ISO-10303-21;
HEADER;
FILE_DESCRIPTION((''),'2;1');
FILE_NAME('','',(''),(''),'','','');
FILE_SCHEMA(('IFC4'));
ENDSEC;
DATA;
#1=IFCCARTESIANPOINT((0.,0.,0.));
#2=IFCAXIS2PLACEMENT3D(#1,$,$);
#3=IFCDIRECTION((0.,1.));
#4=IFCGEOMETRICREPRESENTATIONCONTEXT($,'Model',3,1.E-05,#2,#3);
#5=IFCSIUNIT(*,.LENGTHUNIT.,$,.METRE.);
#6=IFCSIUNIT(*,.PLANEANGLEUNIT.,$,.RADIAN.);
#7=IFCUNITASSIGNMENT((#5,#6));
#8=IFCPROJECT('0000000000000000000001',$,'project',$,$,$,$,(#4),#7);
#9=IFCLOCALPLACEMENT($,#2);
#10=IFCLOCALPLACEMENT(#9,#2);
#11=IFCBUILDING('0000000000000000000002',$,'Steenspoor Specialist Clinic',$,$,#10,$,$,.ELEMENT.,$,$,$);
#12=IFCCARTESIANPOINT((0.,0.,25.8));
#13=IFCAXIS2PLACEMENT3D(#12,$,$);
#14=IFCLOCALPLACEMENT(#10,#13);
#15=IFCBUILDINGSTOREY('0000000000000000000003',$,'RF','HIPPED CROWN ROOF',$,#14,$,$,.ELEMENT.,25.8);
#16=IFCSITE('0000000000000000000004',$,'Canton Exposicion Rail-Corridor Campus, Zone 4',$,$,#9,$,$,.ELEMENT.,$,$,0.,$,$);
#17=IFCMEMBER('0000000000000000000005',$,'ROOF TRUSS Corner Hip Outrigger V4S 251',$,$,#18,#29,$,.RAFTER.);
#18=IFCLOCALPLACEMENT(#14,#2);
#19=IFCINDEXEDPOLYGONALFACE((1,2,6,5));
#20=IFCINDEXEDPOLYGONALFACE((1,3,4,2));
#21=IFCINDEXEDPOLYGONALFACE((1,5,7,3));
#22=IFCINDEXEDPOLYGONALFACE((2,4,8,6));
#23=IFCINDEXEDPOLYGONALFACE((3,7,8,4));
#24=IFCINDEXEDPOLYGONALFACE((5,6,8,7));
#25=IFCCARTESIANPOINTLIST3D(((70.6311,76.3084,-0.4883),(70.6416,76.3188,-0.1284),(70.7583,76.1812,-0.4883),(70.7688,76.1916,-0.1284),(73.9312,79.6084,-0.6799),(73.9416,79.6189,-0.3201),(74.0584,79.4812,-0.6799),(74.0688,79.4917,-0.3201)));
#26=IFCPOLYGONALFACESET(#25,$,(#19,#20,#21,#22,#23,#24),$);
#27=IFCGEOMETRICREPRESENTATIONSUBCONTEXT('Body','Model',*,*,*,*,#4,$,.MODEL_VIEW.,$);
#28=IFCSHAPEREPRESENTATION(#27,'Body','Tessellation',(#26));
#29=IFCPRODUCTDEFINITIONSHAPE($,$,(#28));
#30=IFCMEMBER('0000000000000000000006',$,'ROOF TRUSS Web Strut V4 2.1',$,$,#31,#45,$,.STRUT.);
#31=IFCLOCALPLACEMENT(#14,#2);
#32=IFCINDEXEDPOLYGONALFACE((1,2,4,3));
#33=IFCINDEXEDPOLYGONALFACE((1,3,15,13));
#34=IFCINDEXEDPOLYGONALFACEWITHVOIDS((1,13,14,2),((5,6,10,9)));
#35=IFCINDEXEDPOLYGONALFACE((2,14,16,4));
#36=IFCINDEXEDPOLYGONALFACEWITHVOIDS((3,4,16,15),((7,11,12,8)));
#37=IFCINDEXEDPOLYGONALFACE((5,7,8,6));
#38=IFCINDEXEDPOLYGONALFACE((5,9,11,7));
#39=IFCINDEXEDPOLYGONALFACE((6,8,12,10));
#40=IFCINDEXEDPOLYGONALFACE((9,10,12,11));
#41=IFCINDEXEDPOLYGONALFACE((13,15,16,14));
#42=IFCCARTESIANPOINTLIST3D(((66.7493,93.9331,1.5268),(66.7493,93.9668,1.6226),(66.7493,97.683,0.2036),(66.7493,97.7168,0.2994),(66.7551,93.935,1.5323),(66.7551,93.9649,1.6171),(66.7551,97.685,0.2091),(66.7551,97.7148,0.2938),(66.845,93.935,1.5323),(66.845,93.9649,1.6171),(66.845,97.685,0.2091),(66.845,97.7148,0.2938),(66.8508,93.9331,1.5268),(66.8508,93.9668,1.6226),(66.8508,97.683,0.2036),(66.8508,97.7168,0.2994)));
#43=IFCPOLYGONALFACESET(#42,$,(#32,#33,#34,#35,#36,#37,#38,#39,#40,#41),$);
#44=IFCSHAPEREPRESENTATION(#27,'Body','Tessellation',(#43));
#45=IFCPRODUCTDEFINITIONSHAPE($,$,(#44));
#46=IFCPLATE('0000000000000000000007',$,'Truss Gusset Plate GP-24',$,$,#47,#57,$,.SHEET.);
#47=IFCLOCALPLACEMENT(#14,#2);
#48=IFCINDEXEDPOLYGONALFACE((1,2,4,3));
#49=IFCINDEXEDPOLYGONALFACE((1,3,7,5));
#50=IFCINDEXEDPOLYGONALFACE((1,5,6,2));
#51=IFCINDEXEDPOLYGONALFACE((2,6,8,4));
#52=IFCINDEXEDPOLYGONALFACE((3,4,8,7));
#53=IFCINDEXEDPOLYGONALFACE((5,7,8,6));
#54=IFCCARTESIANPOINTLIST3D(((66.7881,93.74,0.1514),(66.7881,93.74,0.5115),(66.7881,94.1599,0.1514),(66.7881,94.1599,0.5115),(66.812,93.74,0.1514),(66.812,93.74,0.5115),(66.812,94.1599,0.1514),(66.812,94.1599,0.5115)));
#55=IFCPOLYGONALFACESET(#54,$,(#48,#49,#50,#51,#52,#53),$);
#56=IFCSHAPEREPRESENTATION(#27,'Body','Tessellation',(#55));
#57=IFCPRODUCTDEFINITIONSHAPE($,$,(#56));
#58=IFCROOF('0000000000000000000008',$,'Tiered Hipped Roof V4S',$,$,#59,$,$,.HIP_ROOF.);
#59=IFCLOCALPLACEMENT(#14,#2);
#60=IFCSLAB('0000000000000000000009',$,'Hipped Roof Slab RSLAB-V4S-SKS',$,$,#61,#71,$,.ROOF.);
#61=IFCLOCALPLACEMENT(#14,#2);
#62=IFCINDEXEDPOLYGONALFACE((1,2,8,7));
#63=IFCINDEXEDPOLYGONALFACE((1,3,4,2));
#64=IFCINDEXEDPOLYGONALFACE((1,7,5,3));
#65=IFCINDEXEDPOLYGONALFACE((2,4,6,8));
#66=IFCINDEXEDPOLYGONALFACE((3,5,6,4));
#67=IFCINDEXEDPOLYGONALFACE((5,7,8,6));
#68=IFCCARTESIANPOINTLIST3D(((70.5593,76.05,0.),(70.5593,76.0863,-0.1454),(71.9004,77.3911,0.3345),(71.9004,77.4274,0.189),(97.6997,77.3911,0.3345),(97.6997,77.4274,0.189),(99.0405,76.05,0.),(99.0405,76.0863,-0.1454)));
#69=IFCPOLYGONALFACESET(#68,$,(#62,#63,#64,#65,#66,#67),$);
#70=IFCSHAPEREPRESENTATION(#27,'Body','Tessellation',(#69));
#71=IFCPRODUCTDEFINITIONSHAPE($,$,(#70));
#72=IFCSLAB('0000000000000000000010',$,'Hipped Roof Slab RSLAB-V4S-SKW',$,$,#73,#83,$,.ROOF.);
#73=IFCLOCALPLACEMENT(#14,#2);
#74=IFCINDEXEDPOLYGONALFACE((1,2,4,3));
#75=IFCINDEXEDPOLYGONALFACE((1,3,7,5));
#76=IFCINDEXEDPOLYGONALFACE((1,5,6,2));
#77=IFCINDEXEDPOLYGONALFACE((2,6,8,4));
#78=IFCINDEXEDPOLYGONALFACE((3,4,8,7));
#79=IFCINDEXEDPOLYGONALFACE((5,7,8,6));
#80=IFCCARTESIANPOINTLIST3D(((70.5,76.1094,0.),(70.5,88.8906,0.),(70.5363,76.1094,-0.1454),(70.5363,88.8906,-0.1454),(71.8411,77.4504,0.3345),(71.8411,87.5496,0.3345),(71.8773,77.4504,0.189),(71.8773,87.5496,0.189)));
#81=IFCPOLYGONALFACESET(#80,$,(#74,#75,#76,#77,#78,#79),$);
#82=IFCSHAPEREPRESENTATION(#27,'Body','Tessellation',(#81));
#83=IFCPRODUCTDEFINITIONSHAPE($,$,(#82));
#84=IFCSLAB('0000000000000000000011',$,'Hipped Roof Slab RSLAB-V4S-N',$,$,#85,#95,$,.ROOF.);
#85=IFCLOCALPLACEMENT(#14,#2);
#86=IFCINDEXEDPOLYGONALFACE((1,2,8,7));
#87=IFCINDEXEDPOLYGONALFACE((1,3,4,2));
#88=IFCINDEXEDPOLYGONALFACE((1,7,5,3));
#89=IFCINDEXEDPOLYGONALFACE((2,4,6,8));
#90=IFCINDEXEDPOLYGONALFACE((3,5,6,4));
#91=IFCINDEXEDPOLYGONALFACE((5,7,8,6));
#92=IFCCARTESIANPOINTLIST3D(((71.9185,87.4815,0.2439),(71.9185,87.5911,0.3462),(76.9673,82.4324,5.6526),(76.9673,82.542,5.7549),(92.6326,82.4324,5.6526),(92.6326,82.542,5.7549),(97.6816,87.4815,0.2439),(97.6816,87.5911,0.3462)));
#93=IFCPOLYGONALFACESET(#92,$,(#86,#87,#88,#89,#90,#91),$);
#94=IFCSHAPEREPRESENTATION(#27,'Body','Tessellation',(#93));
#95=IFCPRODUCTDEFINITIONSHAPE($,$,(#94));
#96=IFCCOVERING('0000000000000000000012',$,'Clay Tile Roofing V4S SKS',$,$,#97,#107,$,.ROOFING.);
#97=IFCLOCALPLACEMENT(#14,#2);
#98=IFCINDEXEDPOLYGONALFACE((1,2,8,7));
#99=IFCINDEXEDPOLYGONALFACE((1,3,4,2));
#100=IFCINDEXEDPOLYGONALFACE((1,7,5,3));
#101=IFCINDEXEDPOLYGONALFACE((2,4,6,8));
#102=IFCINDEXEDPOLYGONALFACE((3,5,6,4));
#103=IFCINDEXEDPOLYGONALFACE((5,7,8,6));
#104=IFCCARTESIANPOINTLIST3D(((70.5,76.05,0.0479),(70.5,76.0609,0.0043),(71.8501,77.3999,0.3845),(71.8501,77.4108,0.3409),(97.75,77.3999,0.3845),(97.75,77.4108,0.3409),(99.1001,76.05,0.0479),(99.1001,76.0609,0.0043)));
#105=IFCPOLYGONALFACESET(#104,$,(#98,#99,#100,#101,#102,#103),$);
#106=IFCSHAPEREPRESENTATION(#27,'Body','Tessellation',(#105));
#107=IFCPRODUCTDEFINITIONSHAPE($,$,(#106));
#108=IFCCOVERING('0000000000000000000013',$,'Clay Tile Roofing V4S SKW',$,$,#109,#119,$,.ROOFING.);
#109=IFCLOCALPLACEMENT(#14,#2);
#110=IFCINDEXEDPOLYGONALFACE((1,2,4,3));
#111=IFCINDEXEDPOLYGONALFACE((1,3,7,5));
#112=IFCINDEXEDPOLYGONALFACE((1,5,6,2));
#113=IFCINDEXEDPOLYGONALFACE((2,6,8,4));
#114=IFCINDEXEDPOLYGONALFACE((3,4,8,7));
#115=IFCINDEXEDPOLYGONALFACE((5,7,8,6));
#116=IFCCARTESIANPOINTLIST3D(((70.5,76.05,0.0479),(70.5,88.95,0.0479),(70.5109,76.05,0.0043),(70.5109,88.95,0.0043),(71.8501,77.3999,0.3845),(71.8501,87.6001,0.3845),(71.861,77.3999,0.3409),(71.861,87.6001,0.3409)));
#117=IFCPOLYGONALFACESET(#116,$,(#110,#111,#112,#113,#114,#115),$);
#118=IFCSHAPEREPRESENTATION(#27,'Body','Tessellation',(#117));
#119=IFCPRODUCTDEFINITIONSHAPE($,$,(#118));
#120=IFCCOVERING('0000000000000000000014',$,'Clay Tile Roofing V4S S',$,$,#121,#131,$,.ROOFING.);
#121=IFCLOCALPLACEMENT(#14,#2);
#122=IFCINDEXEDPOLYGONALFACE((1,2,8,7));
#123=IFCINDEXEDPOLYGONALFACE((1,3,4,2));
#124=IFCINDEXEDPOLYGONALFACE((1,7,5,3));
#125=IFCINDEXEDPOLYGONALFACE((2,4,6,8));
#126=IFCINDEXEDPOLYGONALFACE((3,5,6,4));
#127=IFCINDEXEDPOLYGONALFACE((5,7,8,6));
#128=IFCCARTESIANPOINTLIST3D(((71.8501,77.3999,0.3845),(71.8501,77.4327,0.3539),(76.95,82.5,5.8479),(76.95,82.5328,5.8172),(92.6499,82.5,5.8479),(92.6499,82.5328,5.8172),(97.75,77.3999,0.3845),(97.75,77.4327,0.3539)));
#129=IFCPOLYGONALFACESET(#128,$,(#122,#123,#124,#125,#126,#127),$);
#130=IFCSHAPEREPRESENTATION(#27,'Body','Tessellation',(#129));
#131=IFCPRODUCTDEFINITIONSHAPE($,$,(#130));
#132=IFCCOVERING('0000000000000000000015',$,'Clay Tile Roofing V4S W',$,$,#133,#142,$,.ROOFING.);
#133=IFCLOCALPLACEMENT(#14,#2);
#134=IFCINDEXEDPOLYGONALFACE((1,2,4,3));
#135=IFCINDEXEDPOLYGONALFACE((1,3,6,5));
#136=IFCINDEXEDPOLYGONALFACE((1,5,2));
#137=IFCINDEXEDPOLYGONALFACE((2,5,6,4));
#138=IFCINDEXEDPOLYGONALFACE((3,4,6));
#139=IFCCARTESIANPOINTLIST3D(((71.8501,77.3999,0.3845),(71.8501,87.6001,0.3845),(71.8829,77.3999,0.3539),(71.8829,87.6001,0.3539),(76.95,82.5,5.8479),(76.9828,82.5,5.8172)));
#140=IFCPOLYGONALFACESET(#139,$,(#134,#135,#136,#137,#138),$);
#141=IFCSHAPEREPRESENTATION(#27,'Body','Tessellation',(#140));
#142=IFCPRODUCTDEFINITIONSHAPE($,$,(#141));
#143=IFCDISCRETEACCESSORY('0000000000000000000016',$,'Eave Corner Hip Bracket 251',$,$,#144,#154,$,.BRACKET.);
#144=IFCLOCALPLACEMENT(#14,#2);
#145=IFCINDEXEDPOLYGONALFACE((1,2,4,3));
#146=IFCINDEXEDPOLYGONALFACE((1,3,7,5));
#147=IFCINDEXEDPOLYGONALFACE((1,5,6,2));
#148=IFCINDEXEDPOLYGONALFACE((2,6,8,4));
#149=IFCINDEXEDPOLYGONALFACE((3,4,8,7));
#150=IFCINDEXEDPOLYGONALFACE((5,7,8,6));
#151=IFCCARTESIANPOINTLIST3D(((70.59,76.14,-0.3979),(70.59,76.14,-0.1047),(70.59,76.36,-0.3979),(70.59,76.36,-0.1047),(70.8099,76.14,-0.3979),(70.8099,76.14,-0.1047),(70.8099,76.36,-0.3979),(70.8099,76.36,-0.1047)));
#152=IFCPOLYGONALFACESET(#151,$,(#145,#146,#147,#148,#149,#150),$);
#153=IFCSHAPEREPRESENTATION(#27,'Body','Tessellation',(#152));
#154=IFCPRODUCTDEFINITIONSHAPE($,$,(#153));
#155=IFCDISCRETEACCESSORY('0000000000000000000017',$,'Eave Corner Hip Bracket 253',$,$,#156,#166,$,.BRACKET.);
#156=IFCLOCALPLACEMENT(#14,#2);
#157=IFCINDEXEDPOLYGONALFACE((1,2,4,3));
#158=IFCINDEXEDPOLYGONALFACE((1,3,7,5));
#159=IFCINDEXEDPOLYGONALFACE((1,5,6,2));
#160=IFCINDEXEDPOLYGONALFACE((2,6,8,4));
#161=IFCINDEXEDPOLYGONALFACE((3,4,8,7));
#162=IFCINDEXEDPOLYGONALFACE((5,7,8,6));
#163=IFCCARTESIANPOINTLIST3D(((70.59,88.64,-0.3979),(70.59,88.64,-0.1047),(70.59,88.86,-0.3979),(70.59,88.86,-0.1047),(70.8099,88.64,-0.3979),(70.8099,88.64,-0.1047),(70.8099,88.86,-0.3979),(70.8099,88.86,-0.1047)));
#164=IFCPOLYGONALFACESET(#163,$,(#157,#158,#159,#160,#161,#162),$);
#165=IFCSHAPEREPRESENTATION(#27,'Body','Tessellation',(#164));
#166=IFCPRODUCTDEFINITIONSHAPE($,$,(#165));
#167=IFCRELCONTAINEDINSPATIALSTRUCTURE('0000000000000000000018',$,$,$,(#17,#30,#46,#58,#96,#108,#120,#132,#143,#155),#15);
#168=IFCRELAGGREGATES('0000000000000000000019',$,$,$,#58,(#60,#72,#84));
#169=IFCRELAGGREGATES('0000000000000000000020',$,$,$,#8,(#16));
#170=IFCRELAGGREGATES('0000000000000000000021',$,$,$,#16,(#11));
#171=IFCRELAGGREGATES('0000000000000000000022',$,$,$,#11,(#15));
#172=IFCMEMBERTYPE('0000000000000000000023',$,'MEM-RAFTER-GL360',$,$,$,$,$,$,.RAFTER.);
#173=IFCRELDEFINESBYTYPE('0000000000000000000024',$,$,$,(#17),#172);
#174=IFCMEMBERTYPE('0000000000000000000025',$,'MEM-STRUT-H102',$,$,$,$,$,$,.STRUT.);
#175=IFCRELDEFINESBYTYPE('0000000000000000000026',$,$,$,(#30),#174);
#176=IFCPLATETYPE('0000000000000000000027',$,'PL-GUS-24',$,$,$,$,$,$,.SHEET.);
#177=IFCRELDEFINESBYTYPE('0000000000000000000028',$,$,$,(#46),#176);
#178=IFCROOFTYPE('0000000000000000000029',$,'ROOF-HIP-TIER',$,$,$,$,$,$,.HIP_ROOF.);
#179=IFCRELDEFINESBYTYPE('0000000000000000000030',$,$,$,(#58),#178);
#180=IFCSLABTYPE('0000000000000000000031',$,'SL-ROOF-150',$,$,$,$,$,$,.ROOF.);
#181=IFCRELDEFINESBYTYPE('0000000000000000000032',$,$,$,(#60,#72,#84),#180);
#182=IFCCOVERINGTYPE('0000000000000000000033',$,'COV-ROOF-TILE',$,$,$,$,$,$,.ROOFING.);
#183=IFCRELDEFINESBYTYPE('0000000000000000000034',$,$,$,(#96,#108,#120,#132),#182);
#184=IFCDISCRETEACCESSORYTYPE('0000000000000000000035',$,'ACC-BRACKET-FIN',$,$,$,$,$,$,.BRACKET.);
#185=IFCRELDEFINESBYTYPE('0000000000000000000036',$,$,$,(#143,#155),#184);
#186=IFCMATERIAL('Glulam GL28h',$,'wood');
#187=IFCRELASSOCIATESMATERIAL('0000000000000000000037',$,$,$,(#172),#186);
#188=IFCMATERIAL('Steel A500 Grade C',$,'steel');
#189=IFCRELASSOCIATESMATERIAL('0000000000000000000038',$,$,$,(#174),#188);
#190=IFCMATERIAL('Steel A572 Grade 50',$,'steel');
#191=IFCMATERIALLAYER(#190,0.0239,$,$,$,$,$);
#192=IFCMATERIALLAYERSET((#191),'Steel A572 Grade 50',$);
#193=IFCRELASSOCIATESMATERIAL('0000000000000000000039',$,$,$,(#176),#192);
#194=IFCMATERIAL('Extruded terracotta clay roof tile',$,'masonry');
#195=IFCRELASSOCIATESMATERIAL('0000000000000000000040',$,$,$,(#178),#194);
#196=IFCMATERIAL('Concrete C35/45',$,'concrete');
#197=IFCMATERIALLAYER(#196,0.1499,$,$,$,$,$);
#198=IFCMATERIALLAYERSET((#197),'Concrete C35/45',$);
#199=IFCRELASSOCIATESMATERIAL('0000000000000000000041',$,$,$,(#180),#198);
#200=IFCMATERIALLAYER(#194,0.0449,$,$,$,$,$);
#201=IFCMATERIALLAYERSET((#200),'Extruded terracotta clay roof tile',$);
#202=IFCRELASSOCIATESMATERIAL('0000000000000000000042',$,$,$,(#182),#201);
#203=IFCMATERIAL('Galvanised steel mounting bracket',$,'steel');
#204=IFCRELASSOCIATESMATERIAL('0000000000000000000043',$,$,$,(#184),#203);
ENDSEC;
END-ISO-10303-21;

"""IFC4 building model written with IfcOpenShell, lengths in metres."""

from ifc_helpers import new_model, si_unit, direction, frame, origin, origin_2d, place, context, subcontext, project, spatial, polyline, rectangle, hollow_rectangle, outline, extrude, material, layer, layer_set, material_profile, profile_set, type_object, element, aggregate, save


model = new_model("IFC4")

# Units and contexts
model_context = context("Model", 3, precision=1e-05, world=origin(), true_north=direction((0.0, 1.0)))
body_context = subcontext(model_context, "Body", "Model", "MODEL_VIEW")
ifc_project = project(units=[si_unit("LENGTHUNIT", "METRE"), si_unit("PLANEANGLEUNIT", "RADIAN")], contexts=[model_context])

# Site, building, storey
site_placement = place(None, origin())
site = spatial("IfcSite", under=ifc_project, at=site_placement, Name="Canton Exposicion Rail-Corridor Campus, Zone 4", CompositionType="ELEMENT", RefElevation=0.0)
building_placement = place(site_placement, origin())
building = spatial("IfcBuilding", under=site, at=building_placement, Name="Steenspoor Specialist Clinic", CompositionType="ELEMENT")
storey_placement = place(building_placement, frame((0.0, 0.0, 25.8)))
storey = spatial("IfcBuildingStorey", under=building, at=storey_placement, Name="RF", Description="HIPPED CROWN ROOF", CompositionType="ELEMENT", Elevation=25.8)

# Members
ifc_material_1 = material(Name="Steel A500 Grade C", Category="steel")
ifc_material_2 = material(Name="Glulam GL28h", Category="wood")
ifc_material_profile_1 = material_profile(ifc_material_2, rectangle(XDim=0.1799, YDim=0.3601, at=origin_2d()), Name="GL28H-180X360")
ifc_profile_set_1 = profile_set([ifc_material_profile_1], Name="Glulam GL28h")
member_type_1 = type_object("IfcMemberType", Name="MEM-RAFTER-GL360", PredefinedType="RAFTER", material=ifc_profile_set_1)
member_1_placement = place(storey_placement, frame((74.0, 79.55, -0.5), z_axis=(-0.706511, -0.706511, 0.041031), x_axis=(0.707107, -0.707107, 0.0)))
element("IfcMember", 1, at=member_1_placement, inside=storey, type_object=member_type_1, Name="ROOF TRUSS Corner Hip Outrigger V4S 251", PredefinedType="RAFTER", context=body_context, shape_type="SweptSolid", body=[
    extrude(rectangle(XDim=0.1799, YDim=0.3601, at=origin_2d()), origin(), (0.0, 0.0, 1.0), 4.6709),
])
ifc_material_profile_2 = material_profile(ifc_material_1, hollow_rectangle(XDim=0.1016, YDim=0.1016, WallThickness=0.0059, at=origin_2d()), Name="HSS102X102X6.4")
ifc_profile_set_2 = profile_set([ifc_material_profile_2], Name="Steel A500 Grade C")
member_type_2 = type_object("IfcMemberType", Name="MEM-STRUT-H102", PredefinedType="STRUT", material=ifc_profile_set_2)
member_2_placement = place(storey_placement, frame((66.8, 93.95, 1.5747), z_axis=(0.0, 0.943013, -0.332756), x_axis=(-1.0, 0.0, 0.0)))
element("IfcMember", 2, at=member_2_placement, inside=storey, type_object=member_type_2, Name="ROOF TRUSS Web Strut V4 2.1", PredefinedType="STRUT", context=body_context, shape_type="SweptSolid", body=[
    extrude(hollow_rectangle(XDim=0.1016, YDim=0.1016, WallThickness=0.0059, at=origin_2d()), origin(), (0.0, 0.0, 1.0), 3.9766),
])

# Plate
ifc_material_3 = material(Name="Steel A572 Grade 50", Category="steel")
ifc_layer_1 = layer(ifc_material_3, 0.0239)
ifc_layer_set_1 = layer_set([ifc_layer_1], Name="Steel A572 Grade 50")
plate_type = type_object("IfcPlateType", Name="PL-GUS-24", PredefinedType="SHEET", material=ifc_layer_set_1)
plate_placement = place(storey_placement, frame((66.8, 93.95, 0.1514), z_axis=(0.0, 0.0, 1.0), x_axis=(1.0, 0.0, 0.0)))
element("IfcPlate", 3, at=plate_placement, inside=storey, type_object=plate_type, Name="Truss Gusset Plate GP-24", PredefinedType="SHEET", context=body_context, shape_type="SweptSolid", body=[
    extrude(rectangle(XDim=0.0239, YDim=0.4199, at=origin_2d()), origin(), (0.0, 0.0, 1.0), 0.3601),
])

# Roof, slabs
ifc_material_4 = material(Name="Extruded terracotta clay roof tile", Category="masonry")
roof_type = type_object("IfcRoofType", Name="ROOF-HIP-TIER", PredefinedType="HIP_ROOF", material=ifc_material_4)
roof_placement = place(storey_placement, origin())
roof = element("IfcRoof", 4, at=roof_placement, inside=storey, type_object=roof_type, Name="Tiered Hipped Roof V4S", PredefinedType="HIP_ROOF")
ifc_material_5 = material(Name="Concrete C35/45", Category="concrete")
ifc_layer_2 = layer(ifc_material_5, 0.1499)
ifc_layer_set_2 = layer_set([ifc_layer_2], Name="Concrete C35/45")
slab_type = type_object("IfcSlabType", Name="SL-ROOF-150", PredefinedType="ROOF", material=ifc_layer_set_2)
slab_1_placement = place(storey_placement, frame((71.9004, 77.3911, 0.3345), z_axis=(0.0, -0.241995, 0.970277), x_axis=(-0.696361, -0.696361, -0.173678)))
slab_1 = element("IfcSlab", 5, at=slab_1_placement, type_object=slab_type, Name="Hipped Roof Slab RSLAB-V4S-SKS", PredefinedType="ROOF", context=body_context, shape_type="SweptSolid", body=[
    extrude(outline(polyline([(0.0, 0.0), (1.9258, 0.0), (-17.9074, 20.4407), (-17.9656, 18.516), (0.0, 0.0)])), origin(), (0.0, 0.0, -1.0), 0.1499),
])
slab_2_placement = place(storey_placement, frame((71.8411, 87.5496, 0.3345), z_axis=(-0.241995, 0.0, 0.970277), x_axis=(-0.696361, 0.696361, -0.173678)))
slab_2 = element("IfcSlab", 6, at=slab_2_placement, type_object=slab_type, Name="Hipped Roof Slab RSLAB-V4S-SKW", PredefinedType="ROOF", context=body_context, shape_type="SweptSolid", body=[
    extrude(outline(polyline([(0.0, 0.0), (1.9258, 0.0), (-6.9745, 9.173), (-7.0326, 7.2481), (0.0, 0.0)])), origin(), (0.0, 0.0, -1.0), 0.1499),
])
slab_3_placement = place(storey_placement, frame((71.9185, 87.5911, 0.3462), z_axis=(0.0, 0.730991, 0.682388), x_axis=(0.563639, -0.563667, 0.603814)))
slab_3 = element("IfcSlab", 7, at=slab_3_placement, type_object=slab_type, Name="Hipped Roof Slab RSLAB-V4S-N", PredefinedType="ROOF", context=body_context, shape_type="SweptSolid", body=[
    extrude(outline(polyline([(0.0, 0.0), (8.9576, 0.0), (17.7871, 12.9399), (14.5211, 21.2809), (0.0, 0.0)])), origin(), (0.0, 0.0, -1.0), 0.1499),
])
aggregate(roof, [slab_1, slab_2, slab_3])

# Coverings
ifc_layer_3 = layer(ifc_material_4, 0.0449)
ifc_layer_set_3 = layer_set([ifc_layer_3], Name="Extruded terracotta clay roof tile")
covering_type = type_object("IfcCoveringType", Name="COV-ROOF-TILE", PredefinedType="ROOFING", material=ifc_layer_set_3)
covering_1_placement = place(storey_placement, frame((70.5, 76.05, 0.0479), z_axis=(0.0, -0.241999, 0.970277), x_axis=(1.0, 0.0, 0.0)))
element("IfcCovering", 8, at=covering_1_placement, inside=storey, type_object=covering_type, Name="Clay Tile Roofing V4S SKS", PredefinedType="ROOFING", context=body_context, shape_type="SweptSolid", body=[
    extrude(outline(polyline([(0.0, 0.0), (28.6001, 0.0), (27.25, 1.3912), (1.3501, 1.3912), (0.0, 0.0)])), origin(), (0.0, 0.0, -1.0), 0.0449),
])
covering_2_placement = place(storey_placement, frame((70.5, 88.95, 0.0479), z_axis=(-0.241958, 0.0, 0.970287), x_axis=(0.0, -1.0, 0.0)))
element("IfcCovering", 9, at=covering_2_placement, inside=storey, type_object=covering_type, Name="Clay Tile Roofing V4S SKW", PredefinedType="ROOFING", context=body_context, shape_type="SweptSolid", body=[
    extrude(outline(polyline([(0.0, 0.0), (12.8999, 0.0), (11.55, 1.3914), (1.3499, 1.3914), (0.0, 0.0)])), origin(), (0.0, 0.0, -1.0), 0.0449),
])
covering_3_placement = place(storey_placement, frame((71.8501, 77.3999, 0.3845), z_axis=(0.0, -0.730992, 0.682386), x_axis=(1.0, 0.0, 0.0)))
element("IfcCovering", 10, at=covering_3_placement, inside=storey, type_object=covering_type, Name="Clay Tile Roofing V4S S", PredefinedType="ROOFING", context=body_context, shape_type="SweptSolid", body=[
    extrude(outline(polyline([(0.0, 0.0), (25.8999, 0.0), (20.7998, 7.4739), (5.0999, 7.4739), (0.0, 0.0)])), origin(), (0.0, 0.0, -1.0), 0.0449),
])
covering_4_placement = place(storey_placement, frame((71.8501, 87.6001, 0.3845), z_axis=(-0.731009, 0.0, 0.682368), x_axis=(0.0, -1.0, 0.0)))
element("IfcCovering", 11, at=covering_4_placement, inside=storey, type_object=covering_type, Name="Clay Tile Roofing V4S W", PredefinedType="ROOFING", context=body_context, shape_type="SweptSolid", body=[
    extrude(outline(polyline([(0.0, 0.0), (10.2002, 0.0), (5.1001, 7.4738), (0.0, 0.0)])), origin(), (0.0, 0.0, -1.0), 0.0449),
])

# Discrete accessories
ifc_material_6 = material(Name="Galvanised steel mounting bracket", Category="steel")
discrete_accessory_type = type_object("IfcDiscreteAccessoryType", Name="ACC-BRACKET-FIN", PredefinedType="BRACKET", material=ifc_material_6)
for number, where, z_axis, x_axis, name in (
    (12, (70.7, 76.25, -0.3979), (0.0, 0.0, 1.0), (1.0, 0.0, 0.0), "Eave Corner Hip Bracket 251"),
    (13, (70.7, 88.75, -0.3979), (0.0, 0.0, 1.0), (1.0, 0.0, 0.0), "Eave Corner Hip Bracket 253"),
):
    element("IfcDiscreteAccessory", number, at=place(storey_placement, frame(where, z_axis=z_axis, x_axis=x_axis)), inside=storey, type_object=discrete_accessory_type, Name=name, PredefinedType="BRACKET", context=body_context, shape_type="SweptSolid", body=[
        extrude(rectangle(XDim=0.22, YDim=0.22, at=origin_2d()), origin(), (0.0, 0.0, 1.0), 0.2932),
    ])

save(model, "model.ifc")
